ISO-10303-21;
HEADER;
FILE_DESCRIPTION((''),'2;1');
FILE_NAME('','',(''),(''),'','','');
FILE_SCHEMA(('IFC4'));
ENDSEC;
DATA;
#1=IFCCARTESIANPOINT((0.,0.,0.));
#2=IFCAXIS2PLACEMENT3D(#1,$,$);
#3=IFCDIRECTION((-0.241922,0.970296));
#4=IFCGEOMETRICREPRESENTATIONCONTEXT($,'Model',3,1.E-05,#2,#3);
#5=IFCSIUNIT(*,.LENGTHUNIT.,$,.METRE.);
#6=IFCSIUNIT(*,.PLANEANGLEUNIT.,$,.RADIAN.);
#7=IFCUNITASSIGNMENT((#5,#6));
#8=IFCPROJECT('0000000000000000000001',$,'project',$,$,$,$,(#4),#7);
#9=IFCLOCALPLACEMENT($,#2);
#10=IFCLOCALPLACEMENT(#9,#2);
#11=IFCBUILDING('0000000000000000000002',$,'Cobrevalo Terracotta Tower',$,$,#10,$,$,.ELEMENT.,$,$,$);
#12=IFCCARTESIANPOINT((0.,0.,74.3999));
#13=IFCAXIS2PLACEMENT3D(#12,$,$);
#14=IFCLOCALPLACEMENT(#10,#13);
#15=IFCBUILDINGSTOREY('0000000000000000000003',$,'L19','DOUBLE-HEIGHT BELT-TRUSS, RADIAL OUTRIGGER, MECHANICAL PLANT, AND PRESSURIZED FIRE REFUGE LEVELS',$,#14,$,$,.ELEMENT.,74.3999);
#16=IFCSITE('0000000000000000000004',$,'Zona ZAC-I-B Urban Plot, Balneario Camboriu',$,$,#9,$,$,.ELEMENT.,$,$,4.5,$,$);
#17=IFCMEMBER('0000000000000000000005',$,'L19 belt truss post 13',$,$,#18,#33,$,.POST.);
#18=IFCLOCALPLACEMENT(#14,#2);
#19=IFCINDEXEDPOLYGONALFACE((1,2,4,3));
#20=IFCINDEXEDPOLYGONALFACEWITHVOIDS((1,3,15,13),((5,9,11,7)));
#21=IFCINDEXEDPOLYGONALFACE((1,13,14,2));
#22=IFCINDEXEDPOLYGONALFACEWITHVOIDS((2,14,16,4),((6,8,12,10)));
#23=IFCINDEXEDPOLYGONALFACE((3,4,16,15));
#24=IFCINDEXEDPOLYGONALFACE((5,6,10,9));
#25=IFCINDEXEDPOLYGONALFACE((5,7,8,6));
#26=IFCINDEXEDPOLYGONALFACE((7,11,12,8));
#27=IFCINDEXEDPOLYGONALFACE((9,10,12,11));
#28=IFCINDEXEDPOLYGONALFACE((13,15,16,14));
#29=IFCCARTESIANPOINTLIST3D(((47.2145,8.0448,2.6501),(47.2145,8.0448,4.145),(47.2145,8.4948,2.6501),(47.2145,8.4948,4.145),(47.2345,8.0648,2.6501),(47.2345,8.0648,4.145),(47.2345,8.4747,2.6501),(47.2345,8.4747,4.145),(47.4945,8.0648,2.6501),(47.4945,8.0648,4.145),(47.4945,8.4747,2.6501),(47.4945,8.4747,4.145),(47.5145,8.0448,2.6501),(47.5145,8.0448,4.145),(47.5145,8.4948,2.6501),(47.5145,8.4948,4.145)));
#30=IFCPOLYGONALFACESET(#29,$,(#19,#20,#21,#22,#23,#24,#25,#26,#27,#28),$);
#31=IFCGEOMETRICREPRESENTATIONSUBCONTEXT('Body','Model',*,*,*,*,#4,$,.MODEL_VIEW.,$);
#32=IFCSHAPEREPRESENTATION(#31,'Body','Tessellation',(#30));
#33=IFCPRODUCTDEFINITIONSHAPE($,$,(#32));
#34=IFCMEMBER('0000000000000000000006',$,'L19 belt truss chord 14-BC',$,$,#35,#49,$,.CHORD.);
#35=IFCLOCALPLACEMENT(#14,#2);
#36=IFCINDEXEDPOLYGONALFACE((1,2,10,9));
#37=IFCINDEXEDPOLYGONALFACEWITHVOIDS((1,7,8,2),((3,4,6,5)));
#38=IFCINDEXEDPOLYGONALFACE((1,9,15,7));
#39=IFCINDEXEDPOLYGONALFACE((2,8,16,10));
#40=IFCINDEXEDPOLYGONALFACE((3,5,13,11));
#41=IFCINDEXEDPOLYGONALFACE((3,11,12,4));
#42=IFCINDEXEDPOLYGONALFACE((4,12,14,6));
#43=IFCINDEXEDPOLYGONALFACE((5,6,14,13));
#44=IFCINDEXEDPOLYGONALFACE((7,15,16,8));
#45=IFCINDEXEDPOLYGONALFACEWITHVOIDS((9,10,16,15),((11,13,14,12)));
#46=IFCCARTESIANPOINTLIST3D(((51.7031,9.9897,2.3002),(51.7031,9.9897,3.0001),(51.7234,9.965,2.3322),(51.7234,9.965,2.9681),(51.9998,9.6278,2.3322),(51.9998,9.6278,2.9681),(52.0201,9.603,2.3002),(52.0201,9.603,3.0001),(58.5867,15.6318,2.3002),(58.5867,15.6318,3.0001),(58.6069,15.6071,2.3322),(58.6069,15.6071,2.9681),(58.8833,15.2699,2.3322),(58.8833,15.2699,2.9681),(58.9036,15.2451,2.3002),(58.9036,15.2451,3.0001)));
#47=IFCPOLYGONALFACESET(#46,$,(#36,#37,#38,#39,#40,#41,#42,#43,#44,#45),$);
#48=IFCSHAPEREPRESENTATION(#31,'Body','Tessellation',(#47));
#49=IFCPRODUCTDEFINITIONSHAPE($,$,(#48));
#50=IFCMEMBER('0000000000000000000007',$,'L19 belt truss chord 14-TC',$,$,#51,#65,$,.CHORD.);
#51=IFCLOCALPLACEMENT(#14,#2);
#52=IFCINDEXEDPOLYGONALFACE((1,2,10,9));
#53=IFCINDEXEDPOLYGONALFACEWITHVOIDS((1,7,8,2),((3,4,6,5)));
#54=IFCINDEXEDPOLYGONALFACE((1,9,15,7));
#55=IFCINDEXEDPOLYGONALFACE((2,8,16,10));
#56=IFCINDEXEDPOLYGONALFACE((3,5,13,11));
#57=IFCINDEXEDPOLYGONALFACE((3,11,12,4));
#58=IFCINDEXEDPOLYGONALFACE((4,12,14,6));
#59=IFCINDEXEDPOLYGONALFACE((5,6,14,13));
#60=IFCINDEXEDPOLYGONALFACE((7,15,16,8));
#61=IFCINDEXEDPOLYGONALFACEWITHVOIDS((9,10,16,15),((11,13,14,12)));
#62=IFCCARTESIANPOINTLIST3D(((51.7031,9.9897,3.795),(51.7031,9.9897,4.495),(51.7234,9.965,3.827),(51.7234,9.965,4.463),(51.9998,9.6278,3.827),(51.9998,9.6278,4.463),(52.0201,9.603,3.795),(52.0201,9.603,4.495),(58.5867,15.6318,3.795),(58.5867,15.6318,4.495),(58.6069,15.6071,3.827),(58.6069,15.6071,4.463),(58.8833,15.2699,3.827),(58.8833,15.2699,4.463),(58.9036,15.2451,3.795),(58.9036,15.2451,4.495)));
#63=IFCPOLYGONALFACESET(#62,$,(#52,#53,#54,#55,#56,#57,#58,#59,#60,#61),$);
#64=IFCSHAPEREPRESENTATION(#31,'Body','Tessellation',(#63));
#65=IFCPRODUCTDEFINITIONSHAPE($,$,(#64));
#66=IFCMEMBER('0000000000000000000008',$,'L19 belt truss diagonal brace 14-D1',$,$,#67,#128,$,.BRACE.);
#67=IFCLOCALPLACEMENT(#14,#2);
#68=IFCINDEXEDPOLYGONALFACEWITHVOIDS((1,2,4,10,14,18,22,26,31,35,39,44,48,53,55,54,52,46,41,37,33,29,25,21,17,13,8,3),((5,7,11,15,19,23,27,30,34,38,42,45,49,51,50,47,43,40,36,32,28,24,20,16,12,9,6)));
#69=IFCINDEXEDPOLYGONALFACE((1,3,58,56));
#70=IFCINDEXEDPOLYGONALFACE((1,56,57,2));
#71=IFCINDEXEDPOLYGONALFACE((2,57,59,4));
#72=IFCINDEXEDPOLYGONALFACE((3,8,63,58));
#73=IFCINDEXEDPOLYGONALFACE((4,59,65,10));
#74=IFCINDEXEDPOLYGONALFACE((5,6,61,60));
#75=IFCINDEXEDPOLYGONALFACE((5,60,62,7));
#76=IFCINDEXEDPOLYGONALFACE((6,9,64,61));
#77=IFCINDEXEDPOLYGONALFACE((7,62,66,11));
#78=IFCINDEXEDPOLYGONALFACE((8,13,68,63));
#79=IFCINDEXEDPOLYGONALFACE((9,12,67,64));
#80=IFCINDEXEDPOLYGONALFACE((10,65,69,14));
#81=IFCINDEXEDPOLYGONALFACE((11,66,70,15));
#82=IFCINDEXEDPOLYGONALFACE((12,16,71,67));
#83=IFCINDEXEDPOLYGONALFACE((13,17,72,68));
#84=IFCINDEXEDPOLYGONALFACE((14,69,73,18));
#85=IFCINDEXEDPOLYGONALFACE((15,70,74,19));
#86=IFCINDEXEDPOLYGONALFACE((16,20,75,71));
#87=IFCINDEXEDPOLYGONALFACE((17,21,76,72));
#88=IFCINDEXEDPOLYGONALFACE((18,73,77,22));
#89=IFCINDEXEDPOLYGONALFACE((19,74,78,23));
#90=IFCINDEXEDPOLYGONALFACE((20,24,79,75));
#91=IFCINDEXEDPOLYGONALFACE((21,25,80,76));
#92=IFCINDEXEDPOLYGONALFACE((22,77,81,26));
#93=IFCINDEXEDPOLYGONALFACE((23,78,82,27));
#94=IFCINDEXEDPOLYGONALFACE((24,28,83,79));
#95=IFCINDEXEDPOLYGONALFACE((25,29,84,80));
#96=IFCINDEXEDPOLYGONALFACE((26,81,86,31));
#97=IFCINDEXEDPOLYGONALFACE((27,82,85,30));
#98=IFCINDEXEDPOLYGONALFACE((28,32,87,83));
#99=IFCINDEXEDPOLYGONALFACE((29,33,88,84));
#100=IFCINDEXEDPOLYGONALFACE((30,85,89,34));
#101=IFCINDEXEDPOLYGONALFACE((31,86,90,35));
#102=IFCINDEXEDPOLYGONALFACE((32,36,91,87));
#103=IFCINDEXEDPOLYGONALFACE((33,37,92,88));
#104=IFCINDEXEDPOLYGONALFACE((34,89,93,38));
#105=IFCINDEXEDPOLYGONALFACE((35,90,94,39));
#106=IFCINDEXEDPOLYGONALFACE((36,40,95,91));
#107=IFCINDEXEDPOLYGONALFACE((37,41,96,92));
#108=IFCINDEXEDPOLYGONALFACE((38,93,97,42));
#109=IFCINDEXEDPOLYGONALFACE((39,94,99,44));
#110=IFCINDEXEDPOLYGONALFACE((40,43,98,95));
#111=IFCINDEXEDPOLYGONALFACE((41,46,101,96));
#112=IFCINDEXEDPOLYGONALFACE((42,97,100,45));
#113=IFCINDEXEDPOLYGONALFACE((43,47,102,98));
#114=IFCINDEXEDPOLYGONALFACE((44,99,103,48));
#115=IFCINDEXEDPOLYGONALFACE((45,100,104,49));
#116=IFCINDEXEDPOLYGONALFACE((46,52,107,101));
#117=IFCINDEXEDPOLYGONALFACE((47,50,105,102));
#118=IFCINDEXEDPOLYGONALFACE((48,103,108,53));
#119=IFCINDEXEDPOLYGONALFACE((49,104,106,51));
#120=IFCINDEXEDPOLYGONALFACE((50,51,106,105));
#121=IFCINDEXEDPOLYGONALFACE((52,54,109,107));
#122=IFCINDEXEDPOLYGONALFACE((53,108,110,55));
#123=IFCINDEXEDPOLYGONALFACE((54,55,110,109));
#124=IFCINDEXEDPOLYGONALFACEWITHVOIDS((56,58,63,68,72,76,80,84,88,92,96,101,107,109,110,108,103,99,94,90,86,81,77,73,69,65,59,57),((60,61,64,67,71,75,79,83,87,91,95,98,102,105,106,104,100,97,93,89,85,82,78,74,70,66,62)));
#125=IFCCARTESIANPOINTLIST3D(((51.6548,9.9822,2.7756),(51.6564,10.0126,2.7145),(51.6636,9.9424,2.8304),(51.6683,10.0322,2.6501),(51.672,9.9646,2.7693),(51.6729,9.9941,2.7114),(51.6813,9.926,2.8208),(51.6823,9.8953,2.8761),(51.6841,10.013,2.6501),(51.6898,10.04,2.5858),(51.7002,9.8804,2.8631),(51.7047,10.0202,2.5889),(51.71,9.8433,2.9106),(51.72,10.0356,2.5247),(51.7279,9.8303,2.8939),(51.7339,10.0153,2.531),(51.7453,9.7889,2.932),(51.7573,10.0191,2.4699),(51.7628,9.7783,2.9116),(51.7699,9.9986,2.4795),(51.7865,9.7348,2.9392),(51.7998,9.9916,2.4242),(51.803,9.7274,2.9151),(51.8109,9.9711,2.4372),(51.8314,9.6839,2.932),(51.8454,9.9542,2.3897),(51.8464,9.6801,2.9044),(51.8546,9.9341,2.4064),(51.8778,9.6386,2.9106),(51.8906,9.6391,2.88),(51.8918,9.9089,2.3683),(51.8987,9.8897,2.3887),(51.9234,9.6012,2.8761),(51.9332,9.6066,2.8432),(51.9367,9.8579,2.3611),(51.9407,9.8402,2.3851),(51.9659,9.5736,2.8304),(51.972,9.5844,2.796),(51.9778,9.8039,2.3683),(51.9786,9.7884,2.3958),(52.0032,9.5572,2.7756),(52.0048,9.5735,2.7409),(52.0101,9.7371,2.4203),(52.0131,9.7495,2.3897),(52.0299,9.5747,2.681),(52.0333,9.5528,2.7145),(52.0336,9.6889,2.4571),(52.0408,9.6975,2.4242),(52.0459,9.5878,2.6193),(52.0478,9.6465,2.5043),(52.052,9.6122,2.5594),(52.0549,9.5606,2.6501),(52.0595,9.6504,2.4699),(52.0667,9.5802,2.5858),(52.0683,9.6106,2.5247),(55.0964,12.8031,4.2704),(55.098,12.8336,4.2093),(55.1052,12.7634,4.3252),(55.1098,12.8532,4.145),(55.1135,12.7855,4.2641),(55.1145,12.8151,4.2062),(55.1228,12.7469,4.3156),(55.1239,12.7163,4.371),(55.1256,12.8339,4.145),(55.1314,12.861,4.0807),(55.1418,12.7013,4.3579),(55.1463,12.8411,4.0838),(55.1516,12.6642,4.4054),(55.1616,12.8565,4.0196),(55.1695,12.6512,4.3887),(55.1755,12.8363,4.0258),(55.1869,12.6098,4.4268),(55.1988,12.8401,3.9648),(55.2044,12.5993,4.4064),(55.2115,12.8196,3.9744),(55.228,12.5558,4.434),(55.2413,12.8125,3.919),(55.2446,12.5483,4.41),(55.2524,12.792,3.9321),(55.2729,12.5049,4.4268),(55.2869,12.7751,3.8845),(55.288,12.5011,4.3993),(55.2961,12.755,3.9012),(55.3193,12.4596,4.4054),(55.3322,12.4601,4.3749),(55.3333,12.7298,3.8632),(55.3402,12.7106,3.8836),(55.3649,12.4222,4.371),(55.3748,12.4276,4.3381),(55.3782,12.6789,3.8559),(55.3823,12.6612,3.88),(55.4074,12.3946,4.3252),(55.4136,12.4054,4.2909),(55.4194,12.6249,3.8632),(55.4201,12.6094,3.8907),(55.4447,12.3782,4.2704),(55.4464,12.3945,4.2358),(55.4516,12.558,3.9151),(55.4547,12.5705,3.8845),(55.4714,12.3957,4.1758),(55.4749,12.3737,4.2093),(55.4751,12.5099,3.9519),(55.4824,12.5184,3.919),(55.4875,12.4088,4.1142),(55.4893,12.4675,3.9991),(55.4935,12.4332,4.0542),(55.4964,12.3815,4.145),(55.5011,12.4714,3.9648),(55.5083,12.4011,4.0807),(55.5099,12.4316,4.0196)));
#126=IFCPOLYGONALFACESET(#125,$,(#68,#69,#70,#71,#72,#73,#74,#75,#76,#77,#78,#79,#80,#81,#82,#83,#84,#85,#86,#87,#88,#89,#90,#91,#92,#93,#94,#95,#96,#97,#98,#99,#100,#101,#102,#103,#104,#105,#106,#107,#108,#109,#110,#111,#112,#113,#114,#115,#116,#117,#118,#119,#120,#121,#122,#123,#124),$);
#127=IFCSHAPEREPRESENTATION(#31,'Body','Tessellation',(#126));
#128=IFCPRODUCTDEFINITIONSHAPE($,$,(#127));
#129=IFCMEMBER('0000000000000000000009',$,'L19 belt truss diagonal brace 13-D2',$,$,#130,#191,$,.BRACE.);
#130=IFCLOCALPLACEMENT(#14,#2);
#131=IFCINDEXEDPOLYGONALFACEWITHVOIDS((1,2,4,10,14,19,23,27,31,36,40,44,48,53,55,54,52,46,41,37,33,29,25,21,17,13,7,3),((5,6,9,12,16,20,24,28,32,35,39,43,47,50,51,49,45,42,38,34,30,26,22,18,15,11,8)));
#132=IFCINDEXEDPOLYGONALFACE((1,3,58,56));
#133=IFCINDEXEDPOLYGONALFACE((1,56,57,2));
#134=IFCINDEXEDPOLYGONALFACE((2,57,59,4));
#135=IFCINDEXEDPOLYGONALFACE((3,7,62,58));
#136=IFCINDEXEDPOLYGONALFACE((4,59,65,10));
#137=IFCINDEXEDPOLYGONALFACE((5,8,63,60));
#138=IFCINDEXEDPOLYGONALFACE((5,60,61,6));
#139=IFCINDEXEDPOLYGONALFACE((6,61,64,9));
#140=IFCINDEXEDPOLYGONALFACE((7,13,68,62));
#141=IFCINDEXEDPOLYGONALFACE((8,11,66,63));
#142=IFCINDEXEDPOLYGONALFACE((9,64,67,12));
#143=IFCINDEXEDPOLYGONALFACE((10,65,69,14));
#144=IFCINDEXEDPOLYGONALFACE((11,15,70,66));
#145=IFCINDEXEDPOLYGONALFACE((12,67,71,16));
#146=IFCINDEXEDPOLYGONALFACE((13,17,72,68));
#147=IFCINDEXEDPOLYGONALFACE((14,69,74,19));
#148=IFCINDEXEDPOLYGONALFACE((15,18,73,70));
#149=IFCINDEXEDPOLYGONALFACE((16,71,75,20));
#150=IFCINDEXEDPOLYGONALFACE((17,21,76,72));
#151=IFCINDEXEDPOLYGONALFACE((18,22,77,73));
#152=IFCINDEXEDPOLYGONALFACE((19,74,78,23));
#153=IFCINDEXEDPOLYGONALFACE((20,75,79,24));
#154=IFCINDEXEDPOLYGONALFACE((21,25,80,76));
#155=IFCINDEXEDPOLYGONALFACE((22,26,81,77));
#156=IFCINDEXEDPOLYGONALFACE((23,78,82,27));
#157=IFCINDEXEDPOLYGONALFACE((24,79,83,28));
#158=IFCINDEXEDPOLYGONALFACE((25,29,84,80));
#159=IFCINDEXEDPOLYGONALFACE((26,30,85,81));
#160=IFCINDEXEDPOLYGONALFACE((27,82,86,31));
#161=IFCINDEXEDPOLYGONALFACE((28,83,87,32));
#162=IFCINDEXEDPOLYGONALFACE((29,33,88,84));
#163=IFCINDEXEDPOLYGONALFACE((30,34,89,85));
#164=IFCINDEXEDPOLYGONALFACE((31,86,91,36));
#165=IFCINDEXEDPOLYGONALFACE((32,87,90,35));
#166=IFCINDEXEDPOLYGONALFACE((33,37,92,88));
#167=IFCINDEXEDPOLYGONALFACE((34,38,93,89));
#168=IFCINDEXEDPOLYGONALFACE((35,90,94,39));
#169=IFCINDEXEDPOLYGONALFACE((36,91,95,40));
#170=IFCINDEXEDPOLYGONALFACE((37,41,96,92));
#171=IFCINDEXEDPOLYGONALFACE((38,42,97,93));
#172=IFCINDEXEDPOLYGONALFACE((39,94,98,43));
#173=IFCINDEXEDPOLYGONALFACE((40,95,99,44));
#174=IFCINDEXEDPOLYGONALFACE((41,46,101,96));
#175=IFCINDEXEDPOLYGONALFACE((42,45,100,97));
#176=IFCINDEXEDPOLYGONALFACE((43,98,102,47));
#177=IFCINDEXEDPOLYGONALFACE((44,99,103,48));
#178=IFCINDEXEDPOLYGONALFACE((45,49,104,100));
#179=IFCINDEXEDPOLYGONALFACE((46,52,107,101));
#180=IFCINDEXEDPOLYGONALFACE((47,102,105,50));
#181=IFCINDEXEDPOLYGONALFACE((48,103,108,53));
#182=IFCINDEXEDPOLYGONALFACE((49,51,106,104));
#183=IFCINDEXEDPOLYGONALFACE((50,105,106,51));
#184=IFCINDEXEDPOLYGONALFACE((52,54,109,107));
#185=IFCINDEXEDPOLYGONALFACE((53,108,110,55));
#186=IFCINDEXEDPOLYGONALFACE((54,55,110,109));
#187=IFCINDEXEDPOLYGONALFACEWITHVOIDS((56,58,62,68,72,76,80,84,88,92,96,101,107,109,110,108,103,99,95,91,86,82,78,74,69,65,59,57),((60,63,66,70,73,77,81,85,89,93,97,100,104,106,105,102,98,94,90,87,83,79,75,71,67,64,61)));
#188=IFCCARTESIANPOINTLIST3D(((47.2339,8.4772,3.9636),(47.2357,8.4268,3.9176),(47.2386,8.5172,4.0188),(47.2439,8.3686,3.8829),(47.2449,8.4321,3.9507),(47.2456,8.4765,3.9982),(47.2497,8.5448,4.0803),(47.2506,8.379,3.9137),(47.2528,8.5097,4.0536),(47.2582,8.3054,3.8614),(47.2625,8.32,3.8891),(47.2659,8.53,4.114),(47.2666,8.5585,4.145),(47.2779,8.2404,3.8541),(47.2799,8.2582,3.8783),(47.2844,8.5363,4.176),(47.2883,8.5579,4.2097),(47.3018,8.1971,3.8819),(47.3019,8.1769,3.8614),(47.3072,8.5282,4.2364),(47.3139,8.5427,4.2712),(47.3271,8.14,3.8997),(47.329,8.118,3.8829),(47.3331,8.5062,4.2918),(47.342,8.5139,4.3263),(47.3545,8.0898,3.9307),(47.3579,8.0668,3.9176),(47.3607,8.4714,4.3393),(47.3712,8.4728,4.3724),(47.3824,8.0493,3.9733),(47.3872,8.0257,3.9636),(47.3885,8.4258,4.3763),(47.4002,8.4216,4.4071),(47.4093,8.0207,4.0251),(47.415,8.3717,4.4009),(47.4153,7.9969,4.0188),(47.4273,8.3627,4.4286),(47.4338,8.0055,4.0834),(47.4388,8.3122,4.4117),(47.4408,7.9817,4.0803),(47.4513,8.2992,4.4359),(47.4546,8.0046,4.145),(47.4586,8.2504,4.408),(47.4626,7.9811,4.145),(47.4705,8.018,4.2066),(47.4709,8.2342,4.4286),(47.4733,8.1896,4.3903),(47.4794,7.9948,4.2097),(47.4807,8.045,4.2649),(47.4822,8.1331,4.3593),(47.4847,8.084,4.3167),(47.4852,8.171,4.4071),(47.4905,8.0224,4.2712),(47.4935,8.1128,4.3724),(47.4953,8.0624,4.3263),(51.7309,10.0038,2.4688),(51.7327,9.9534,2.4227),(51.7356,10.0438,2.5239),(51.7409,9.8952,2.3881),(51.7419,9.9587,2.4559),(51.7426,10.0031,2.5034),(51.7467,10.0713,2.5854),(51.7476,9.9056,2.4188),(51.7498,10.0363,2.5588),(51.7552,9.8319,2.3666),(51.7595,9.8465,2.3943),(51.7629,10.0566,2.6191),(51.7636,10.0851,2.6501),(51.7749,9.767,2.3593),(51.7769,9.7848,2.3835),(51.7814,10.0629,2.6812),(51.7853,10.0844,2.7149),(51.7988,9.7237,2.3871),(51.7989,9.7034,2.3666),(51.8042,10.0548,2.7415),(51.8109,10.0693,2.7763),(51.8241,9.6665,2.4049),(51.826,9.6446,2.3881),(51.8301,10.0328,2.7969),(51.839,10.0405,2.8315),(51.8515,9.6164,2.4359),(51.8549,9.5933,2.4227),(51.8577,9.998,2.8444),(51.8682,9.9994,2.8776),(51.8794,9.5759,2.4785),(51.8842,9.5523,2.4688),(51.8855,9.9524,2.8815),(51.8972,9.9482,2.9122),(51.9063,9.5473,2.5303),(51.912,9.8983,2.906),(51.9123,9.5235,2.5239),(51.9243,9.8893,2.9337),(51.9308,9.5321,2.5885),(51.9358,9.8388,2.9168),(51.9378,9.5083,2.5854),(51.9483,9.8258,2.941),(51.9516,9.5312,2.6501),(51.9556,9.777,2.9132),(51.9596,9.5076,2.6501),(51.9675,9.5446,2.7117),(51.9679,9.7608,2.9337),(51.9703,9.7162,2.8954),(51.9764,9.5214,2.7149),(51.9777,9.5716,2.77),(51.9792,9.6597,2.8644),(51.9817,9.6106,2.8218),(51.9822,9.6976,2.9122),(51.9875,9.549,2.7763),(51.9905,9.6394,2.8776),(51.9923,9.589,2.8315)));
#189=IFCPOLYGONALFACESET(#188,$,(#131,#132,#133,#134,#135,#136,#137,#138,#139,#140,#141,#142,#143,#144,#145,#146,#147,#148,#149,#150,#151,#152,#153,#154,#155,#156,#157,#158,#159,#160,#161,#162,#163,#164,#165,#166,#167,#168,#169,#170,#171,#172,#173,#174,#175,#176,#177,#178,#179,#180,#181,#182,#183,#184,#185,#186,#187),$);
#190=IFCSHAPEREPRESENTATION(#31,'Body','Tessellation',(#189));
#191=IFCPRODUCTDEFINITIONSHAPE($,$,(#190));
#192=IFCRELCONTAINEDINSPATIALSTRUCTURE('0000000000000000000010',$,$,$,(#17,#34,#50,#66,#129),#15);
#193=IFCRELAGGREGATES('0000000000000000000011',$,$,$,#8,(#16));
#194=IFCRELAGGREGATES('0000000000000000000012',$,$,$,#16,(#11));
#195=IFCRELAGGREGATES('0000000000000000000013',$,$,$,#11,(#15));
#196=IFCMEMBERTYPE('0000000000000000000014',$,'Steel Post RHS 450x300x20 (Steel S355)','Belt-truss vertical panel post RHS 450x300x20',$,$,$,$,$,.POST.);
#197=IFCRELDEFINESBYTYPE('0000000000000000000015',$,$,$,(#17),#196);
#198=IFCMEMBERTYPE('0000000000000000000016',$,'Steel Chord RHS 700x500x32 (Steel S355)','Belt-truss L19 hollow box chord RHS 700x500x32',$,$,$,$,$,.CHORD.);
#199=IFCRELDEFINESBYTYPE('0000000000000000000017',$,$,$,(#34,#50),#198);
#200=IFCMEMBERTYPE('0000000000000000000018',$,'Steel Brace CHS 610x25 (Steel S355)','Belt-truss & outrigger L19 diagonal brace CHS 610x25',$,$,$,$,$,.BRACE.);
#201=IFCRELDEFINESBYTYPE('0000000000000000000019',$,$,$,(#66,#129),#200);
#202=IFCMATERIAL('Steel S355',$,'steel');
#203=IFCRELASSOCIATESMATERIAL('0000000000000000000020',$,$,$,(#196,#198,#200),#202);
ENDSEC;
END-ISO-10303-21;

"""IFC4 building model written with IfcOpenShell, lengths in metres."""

from ifc_helpers import new_model, si_unit, direction, frame, origin, origin_2d, place, context, subcontext, project, spatial, hollow_rectangle, hollow_circle, extrude, source, transform, mapped, material, material_profile, profile_set, type_object, element, save


model = new_model("IFC4")

# Units and contexts
model_context = context("Model", 3, precision=1e-05, world=origin(), true_north=direction((-0.241922, 0.970296)))
body_context = subcontext(model_context, "Body", "Model", "MODEL_VIEW")
ifc_project = project(units=[si_unit("LENGTHUNIT", "METRE"), si_unit("PLANEANGLEUNIT", "RADIAN")], contexts=[model_context])

# Site, building, storey
site_placement = place(None, origin())
site = spatial("IfcSite", under=ifc_project, at=site_placement, Name="Zona ZAC-I-B Urban Plot, Balneario Camboriu", CompositionType="ELEMENT", RefElevation=4.5)
building_placement = place(site_placement, origin())
building = spatial("IfcBuilding", under=site, at=building_placement, Name="Cobrevalo Terracotta Tower", CompositionType="ELEMENT")
storey_placement = place(building_placement, frame((0.0, 0.0, 74.3999)))
storey = spatial("IfcBuildingStorey", under=building, at=storey_placement, Name="L19", Description="DOUBLE-HEIGHT BELT-TRUSS, RADIAL OUTRIGGER, MECHANICAL PLANT, AND PRESSURIZED FIRE REFUGE LEVELS", CompositionType="ELEMENT", Elevation=74.3999)

# Shared definitions
ifc_material_1 = material(Name="Steel S355", Category="steel")

# Members
ifc_material_profile_1 = material_profile(ifc_material_1, hollow_rectangle(XDim=0.3, YDim=0.45, WallThickness=0.02, at=origin_2d()), Name="RHS 450x300x20")
ifc_profile_set_1 = profile_set([ifc_material_profile_1], Name="Steel S355")
member_type_1 = type_object("IfcMemberType", Name="Steel Post RHS 450x300x20 (Steel S355)", Description="Belt-truss vertical panel post RHS 450x300x20", PredefinedType="POST", material=ifc_profile_set_1)
shared_shape_1 = source(origin(), body_context, "Body", "SweptSolid", [
    extrude(hollow_rectangle(XDim=0.3, YDim=0.45, WallThickness=0.02, at=origin_2d()), origin(), (0.0, 0.0, 1.0), 1.4949),
])
member_1_placement = place(storey_placement, frame((47.3645, 8.2698, 2.6501), z_axis=(0.0, 0.0, 1.0), x_axis=(1.0, 0.0, 0.0)))
element("IfcMember", 1, at=member_1_placement, inside=storey, type_object=member_type_1, Name="L19 belt truss post 13", PredefinedType="POST", context=body_context, shape_type="MappedRepresentation", body=[
    mapped(shared_shape_1, transform((0.0, 0.0, 0.0), scale=1.0)),
])
ifc_material_profile_2 = material_profile(ifc_material_1, hollow_rectangle(XDim=0.5, YDim=0.7, WallThickness=0.032, at=origin_2d()), Name="RHS 700x500x32")
ifc_profile_set_2 = profile_set([ifc_material_profile_2], Name="Steel S355")
member_type_2 = type_object("IfcMemberType", Name="Steel Chord RHS 700x500x32 (Steel S355)", Description="Belt-truss L19 hollow box chord RHS 700x500x32", PredefinedType="CHORD", material=ifc_profile_set_2)
shared_shape_2 = source(origin(), body_context, "Body", "SweptSolid", [
    extrude(hollow_rectangle(XDim=0.5, YDim=0.7, WallThickness=0.032, at=origin_2d()), origin(), (0.0, 0.0, 1.0), 8.9004),
])
for number, where, z_axis, x_axis, name in (
    (2, (51.8616, 9.7964, 2.6501), (0.773401, 0.633917, 0.0), (-0.633917, 0.773401, 0.0), "L19 belt truss chord 14-BC"),
    (3, (51.8616, 9.7964, 4.145), (0.773401, 0.633917, 0.0), (-0.633917, 0.773401, 0.0), "L19 belt truss chord 14-TC"),
):
    element("IfcMember", number, at=place(storey_placement, frame(where, z_axis=z_axis, x_axis=x_axis)), inside=storey, type_object=member_type_2, Name=name, PredefinedType="CHORD", context=body_context, shape_type="MappedRepresentation", body=[
        mapped(shared_shape_2, transform((0.0, 0.0, 0.0), scale=1.0)),
    ])
ifc_material_profile_3 = material_profile(ifc_material_1, hollow_circle(Radius=0.3049, WallThickness=0.0249, at=origin_2d()), Name="CHS 610x25")
ifc_profile_set_3 = profile_set([ifc_material_profile_3], Name="Steel S355")
member_type_3 = type_object("IfcMemberType", Name="Steel Brace CHS 610x25 (Steel S355)", Description="Belt-truss & outrigger L19 diagonal brace CHS 610x25", PredefinedType="BRACE", material=ifc_profile_set_3)
shared_shape_3 = source(origin(), body_context, "Body", "SweptSolid", [
    extrude(hollow_circle(Radius=0.3049, WallThickness=0.0249, at=origin_2d()), origin(), (0.0, 0.0, 1.0), 4.6943),
])
member_2_placement = place(storey_placement, frame((51.8616, 9.7964, 2.6501), z_axis=(0.733131, 0.600931, 0.318434), x_axis=(-0.633931, 0.77339, 0.0)))
element("IfcMember", 4, at=member_2_placement, inside=storey, type_object=member_type_3, Name="L19 belt truss diagonal brace 14-D1", PredefinedType="BRACE", context=body_context, shape_type="MappedRepresentation", body=[
    mapped(shared_shape_3, transform((0.0, 0.0, 0.0), scale=1.0)),
])
shared_shape_4 = source(origin(), body_context, "Body", "SweptSolid", [
    extrude(hollow_circle(Radius=0.3049, WallThickness=0.0249, at=origin_2d()), origin(), (0.0, 0.0, 1.0), 4.9788),
])
member_3_placement = place(storey_placement, frame((51.8616, 9.7964, 2.6501), z_axis=(-0.903237, -0.30662, 0.300245), x_axis=(0.321451, -0.946926, 0.0)))
element("IfcMember", 5, at=member_3_placement, inside=storey, type_object=member_type_3, Name="L19 belt truss diagonal brace 13-D2", PredefinedType="BRACE", context=body_context, shape_type="MappedRepresentation", body=[
    mapped(shared_shape_4, transform((0.0, 0.0, 0.0), scale=1.0)),
])

save(model, "model.ifc")
